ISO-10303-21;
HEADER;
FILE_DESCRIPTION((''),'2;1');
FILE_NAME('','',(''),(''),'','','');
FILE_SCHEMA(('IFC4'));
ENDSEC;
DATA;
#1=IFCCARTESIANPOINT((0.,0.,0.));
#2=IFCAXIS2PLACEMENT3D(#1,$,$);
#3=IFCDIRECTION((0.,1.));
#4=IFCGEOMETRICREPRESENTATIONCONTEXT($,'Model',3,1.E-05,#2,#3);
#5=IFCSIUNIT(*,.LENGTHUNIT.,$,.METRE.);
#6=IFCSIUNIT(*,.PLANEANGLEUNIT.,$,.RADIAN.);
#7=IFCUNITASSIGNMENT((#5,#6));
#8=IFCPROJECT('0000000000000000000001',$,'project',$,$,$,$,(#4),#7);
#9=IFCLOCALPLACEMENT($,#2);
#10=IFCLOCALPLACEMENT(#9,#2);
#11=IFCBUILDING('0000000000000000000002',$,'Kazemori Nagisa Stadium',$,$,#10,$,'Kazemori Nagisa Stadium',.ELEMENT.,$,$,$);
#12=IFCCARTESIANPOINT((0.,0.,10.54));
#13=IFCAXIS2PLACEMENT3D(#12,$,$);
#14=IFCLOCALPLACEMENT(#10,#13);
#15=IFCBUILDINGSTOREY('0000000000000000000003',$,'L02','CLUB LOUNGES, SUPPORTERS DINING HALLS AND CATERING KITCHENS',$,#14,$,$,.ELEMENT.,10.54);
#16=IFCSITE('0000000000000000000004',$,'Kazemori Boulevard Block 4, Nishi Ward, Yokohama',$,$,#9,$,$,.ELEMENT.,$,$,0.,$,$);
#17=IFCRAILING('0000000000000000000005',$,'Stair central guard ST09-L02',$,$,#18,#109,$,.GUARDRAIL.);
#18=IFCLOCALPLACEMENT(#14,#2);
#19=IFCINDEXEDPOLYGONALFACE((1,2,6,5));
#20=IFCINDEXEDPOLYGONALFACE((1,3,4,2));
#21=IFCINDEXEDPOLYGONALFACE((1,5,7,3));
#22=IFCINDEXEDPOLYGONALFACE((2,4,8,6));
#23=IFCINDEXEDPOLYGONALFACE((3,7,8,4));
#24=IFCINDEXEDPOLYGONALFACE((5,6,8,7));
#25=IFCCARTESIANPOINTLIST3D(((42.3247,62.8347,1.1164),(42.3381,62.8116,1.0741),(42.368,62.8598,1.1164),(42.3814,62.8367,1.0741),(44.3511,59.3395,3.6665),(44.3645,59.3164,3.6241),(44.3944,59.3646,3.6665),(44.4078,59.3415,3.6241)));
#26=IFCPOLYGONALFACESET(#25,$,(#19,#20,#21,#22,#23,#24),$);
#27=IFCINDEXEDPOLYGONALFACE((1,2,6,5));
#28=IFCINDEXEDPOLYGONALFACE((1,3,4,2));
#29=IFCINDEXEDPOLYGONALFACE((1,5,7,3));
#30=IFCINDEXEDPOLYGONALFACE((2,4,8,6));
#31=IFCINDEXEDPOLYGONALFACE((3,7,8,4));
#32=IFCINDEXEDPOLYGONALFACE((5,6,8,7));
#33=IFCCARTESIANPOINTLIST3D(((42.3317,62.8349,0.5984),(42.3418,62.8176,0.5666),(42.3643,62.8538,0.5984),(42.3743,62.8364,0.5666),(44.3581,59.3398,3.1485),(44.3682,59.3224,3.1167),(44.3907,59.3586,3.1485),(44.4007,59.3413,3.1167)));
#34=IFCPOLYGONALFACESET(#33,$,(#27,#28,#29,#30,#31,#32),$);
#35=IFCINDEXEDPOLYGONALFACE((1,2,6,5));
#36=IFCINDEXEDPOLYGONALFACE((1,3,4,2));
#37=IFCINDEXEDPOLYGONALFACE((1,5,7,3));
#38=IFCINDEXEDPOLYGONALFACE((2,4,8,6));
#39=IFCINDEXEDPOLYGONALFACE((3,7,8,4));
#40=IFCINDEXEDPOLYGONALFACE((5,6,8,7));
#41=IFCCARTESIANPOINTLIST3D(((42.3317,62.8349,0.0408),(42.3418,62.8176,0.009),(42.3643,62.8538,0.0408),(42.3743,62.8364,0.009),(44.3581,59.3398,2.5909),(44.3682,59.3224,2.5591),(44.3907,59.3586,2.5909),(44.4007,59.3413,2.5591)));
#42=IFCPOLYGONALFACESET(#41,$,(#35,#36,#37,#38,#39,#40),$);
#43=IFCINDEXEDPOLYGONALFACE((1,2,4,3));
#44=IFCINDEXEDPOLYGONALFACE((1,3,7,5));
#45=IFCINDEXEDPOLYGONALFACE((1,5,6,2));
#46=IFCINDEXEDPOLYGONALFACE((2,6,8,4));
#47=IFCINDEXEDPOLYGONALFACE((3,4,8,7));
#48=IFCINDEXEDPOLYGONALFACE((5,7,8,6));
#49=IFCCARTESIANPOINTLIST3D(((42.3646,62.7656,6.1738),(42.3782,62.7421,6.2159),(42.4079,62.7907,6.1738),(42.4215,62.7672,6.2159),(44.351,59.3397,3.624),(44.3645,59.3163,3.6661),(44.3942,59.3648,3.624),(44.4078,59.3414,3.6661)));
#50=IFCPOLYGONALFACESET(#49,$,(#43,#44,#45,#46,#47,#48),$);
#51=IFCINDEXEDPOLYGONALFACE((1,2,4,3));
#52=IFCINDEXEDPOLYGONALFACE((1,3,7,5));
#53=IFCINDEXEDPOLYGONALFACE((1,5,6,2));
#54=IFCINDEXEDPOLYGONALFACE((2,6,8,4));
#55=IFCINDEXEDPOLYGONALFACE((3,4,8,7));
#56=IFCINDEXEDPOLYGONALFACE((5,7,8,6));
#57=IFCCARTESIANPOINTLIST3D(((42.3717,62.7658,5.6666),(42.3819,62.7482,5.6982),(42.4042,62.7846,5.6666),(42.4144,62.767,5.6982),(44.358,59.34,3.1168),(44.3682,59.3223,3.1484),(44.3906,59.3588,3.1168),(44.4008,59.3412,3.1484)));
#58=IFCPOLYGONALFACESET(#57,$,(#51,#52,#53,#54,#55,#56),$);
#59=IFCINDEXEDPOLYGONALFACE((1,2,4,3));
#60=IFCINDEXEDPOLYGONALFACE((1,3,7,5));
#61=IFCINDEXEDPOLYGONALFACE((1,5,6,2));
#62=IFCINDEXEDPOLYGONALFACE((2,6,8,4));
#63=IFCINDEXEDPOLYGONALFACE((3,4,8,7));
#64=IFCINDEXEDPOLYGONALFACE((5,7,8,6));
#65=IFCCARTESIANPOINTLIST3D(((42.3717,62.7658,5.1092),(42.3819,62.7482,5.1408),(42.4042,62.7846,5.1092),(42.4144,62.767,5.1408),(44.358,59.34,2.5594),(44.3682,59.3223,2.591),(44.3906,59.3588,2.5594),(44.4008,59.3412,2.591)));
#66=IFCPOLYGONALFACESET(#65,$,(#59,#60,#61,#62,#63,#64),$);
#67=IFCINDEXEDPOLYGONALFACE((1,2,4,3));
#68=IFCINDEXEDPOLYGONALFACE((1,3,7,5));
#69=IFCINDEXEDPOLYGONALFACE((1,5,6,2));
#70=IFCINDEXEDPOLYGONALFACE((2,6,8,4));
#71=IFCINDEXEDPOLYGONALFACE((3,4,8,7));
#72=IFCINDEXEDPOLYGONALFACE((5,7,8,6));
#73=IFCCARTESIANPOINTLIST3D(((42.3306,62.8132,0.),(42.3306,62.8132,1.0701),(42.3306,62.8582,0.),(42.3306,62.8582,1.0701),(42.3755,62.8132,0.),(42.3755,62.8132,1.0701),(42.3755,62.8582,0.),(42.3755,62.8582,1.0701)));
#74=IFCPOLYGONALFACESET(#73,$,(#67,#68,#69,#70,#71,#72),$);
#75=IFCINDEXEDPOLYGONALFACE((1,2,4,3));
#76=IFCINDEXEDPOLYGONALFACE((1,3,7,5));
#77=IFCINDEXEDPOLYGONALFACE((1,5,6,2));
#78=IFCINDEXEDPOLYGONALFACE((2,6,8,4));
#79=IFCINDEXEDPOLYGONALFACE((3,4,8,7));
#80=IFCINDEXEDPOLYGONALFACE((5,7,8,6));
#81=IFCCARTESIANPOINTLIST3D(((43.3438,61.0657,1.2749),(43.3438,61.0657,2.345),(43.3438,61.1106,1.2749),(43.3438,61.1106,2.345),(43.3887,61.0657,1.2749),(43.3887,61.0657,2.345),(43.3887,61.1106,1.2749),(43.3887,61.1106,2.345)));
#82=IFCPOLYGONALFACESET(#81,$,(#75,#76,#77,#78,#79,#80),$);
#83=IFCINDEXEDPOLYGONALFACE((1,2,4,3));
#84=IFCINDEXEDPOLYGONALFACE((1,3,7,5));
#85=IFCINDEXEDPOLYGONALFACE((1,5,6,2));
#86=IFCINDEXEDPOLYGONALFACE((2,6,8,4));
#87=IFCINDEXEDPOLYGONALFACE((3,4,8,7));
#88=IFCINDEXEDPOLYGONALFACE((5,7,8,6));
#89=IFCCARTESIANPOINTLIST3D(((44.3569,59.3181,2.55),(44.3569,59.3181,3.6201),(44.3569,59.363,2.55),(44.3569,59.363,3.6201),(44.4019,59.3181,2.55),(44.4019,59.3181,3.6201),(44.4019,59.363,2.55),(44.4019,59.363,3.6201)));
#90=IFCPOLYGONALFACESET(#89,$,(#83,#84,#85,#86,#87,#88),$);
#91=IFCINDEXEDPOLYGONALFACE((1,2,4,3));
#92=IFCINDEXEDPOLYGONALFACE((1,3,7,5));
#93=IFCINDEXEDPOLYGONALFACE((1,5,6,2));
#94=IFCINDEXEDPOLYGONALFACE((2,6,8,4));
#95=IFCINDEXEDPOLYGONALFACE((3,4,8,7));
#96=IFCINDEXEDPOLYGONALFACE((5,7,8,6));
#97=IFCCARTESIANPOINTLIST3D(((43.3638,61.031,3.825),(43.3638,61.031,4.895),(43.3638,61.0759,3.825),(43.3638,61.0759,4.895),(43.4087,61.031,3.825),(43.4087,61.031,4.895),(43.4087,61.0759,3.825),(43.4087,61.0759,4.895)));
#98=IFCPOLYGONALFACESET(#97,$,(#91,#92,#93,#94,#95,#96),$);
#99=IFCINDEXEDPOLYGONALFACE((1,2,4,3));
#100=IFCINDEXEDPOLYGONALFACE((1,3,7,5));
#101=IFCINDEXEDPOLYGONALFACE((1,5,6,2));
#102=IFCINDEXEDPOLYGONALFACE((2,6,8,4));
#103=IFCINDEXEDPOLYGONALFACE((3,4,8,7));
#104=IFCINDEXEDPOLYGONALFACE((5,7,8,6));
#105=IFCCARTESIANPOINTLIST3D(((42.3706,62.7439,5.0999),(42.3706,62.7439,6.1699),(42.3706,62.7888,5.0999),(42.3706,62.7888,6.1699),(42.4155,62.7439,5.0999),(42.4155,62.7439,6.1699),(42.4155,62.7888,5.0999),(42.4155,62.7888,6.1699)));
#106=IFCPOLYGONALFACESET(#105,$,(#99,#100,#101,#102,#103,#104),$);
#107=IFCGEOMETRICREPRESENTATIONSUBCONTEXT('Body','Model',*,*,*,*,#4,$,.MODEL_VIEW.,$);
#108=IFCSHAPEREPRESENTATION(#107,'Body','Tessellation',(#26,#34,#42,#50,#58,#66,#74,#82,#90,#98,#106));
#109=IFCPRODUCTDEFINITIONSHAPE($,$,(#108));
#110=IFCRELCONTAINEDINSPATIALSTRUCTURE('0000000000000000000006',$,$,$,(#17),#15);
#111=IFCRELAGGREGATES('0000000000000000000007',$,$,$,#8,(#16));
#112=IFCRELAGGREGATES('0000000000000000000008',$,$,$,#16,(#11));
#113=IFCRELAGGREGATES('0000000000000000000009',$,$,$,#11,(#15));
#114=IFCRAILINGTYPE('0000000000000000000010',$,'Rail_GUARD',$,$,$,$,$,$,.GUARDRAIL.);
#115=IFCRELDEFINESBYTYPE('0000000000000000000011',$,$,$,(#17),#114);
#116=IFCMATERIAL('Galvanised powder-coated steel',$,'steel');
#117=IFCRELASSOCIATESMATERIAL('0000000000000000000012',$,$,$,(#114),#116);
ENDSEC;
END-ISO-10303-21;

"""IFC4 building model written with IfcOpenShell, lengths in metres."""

from ifc_helpers import new_model, si_unit, direction, frame, origin, origin_2d, place, context, subcontext, project, spatial, rectangle, extrude, material, type_object, element, save


model = new_model("IFC4")

# Units and contexts
model_context = context("Model", 3, precision=1e-05, world=origin(), true_north=direction((0.0, 1.0)))
body_context = subcontext(model_context, "Body", "Model", "MODEL_VIEW")
ifc_project = project(units=[si_unit("LENGTHUNIT", "METRE"), si_unit("PLANEANGLEUNIT", "RADIAN")], contexts=[model_context])

# Site, building, storey
site_placement = place(None, origin())
site = spatial("IfcSite", under=ifc_project, at=site_placement, Name="Kazemori Boulevard Block 4, Nishi Ward, Yokohama", CompositionType="ELEMENT", RefElevation=0.0)
building_placement = place(site_placement, origin())
building = spatial("IfcBuilding", under=site, at=building_placement, Name="Kazemori Nagisa Stadium", LongName="Kazemori Nagisa Stadium", CompositionType="ELEMENT")
storey_placement = place(building_placement, frame((0.0, 0.0, 10.54)))
storey = spatial("IfcBuildingStorey", under=building, at=storey_placement, Name="L02", Description="CLUB LOUNGES, SUPPORTERS DINING HALLS AND CATERING KITCHENS", CompositionType="ELEMENT", Elevation=10.54)

# Railing
ifc_material_1 = material(Name="Galvanised powder-coated steel", Category="steel")
railing_type_1 = type_object("IfcRailingType", Name="Rail_GUARD", PredefinedType="GUARDRAIL", material=ifc_material_1)
railing_1_placement = place(storey_placement, frame((42.353, 62.8357, 0.0)))
element("IfcRailing", 1, at=railing_1_placement, inside=storey, type_object=railing_type_1, Name="Stair central guard ST09-L02", PredefinedType="GUARDRAIL", context=body_context, shape_type="SweptSolid", body=[
    extrude(rectangle(XDim=0.05, YDim=0.05, at=origin_2d()), frame((0.0, 0.0, 1.0952), z_axis=(0.424146, -0.731575, 0.533759), x_axis=(0.865117, 0.50157, 0.0)), (0.0, 0.0, 1.0), 4.7776),
    extrude(rectangle(XDim=0.0376, YDim=0.0376, at=origin_2d()), frame((0.0, 0.0, 0.5825), z_axis=(0.424146, -0.731575, 0.533759), x_axis=(0.865117, 0.50157, 0.0)), (0.0, 0.0, 1.0), 4.7776),
    extrude(rectangle(XDim=0.0376, YDim=0.0376, at=origin_2d()), frame((0.0, 0.0, 0.0249), z_axis=(0.424146, -0.731575, 0.533759), x_axis=(0.865117, 0.50157, 0.0)), (0.0, 0.0, 1.0), 4.7776),
    extrude(rectangle(XDim=0.05, YDim=0.05, at=origin_2d()), frame((2.0264, -3.4951, 3.645), z_axis=(-0.421736, 0.72736, 0.541373), x_axis=(-0.8651, -0.5016, 0.0)), (0.0, 0.0, 1.0), 4.71),
    extrude(rectangle(XDim=0.0376, YDim=0.0376, at=origin_2d()), frame((2.0264, -3.4951, 3.1326), z_axis=(-0.421736, 0.72736, 0.541373), x_axis=(-0.8651, -0.5016, 0.0)), (0.0, 0.0, 1.0), 4.71),
    extrude(rectangle(XDim=0.0376, YDim=0.0376, at=origin_2d()), frame((2.0264, -3.4951, 2.5752), z_axis=(-0.421736, 0.72736, 0.541373), x_axis=(-0.8651, -0.5016, 0.0)), (0.0, 0.0, 1.0), 4.71),
    extrude(rectangle(XDim=0.0449, YDim=0.0449, at=origin_2d()), origin(), (0.0, 0.0, 1.0), 1.0701),
    extrude(rectangle(XDim=0.0449, YDim=0.0449, at=origin_2d()), frame((1.0132, -1.7476, 1.2749)), (0.0, 0.0, 1.0), 1.0701),
    extrude(rectangle(XDim=0.0449, YDim=0.0449, at=origin_2d()), frame((2.0264, -3.4951, 2.55)), (0.0, 0.0, 1.0), 1.0701),
    extrude(rectangle(XDim=0.0449, YDim=0.0449, at=origin_2d()), frame((1.0332, -1.7822, 3.825)), (0.0, 0.0, 1.0), 1.0701),
    extrude(rectangle(XDim=0.0449, YDim=0.0449, at=origin_2d()), frame((0.04, -0.0693, 5.0999)), (0.0, 0.0, 1.0), 1.0701),
])

save(model, "model.ifc")
